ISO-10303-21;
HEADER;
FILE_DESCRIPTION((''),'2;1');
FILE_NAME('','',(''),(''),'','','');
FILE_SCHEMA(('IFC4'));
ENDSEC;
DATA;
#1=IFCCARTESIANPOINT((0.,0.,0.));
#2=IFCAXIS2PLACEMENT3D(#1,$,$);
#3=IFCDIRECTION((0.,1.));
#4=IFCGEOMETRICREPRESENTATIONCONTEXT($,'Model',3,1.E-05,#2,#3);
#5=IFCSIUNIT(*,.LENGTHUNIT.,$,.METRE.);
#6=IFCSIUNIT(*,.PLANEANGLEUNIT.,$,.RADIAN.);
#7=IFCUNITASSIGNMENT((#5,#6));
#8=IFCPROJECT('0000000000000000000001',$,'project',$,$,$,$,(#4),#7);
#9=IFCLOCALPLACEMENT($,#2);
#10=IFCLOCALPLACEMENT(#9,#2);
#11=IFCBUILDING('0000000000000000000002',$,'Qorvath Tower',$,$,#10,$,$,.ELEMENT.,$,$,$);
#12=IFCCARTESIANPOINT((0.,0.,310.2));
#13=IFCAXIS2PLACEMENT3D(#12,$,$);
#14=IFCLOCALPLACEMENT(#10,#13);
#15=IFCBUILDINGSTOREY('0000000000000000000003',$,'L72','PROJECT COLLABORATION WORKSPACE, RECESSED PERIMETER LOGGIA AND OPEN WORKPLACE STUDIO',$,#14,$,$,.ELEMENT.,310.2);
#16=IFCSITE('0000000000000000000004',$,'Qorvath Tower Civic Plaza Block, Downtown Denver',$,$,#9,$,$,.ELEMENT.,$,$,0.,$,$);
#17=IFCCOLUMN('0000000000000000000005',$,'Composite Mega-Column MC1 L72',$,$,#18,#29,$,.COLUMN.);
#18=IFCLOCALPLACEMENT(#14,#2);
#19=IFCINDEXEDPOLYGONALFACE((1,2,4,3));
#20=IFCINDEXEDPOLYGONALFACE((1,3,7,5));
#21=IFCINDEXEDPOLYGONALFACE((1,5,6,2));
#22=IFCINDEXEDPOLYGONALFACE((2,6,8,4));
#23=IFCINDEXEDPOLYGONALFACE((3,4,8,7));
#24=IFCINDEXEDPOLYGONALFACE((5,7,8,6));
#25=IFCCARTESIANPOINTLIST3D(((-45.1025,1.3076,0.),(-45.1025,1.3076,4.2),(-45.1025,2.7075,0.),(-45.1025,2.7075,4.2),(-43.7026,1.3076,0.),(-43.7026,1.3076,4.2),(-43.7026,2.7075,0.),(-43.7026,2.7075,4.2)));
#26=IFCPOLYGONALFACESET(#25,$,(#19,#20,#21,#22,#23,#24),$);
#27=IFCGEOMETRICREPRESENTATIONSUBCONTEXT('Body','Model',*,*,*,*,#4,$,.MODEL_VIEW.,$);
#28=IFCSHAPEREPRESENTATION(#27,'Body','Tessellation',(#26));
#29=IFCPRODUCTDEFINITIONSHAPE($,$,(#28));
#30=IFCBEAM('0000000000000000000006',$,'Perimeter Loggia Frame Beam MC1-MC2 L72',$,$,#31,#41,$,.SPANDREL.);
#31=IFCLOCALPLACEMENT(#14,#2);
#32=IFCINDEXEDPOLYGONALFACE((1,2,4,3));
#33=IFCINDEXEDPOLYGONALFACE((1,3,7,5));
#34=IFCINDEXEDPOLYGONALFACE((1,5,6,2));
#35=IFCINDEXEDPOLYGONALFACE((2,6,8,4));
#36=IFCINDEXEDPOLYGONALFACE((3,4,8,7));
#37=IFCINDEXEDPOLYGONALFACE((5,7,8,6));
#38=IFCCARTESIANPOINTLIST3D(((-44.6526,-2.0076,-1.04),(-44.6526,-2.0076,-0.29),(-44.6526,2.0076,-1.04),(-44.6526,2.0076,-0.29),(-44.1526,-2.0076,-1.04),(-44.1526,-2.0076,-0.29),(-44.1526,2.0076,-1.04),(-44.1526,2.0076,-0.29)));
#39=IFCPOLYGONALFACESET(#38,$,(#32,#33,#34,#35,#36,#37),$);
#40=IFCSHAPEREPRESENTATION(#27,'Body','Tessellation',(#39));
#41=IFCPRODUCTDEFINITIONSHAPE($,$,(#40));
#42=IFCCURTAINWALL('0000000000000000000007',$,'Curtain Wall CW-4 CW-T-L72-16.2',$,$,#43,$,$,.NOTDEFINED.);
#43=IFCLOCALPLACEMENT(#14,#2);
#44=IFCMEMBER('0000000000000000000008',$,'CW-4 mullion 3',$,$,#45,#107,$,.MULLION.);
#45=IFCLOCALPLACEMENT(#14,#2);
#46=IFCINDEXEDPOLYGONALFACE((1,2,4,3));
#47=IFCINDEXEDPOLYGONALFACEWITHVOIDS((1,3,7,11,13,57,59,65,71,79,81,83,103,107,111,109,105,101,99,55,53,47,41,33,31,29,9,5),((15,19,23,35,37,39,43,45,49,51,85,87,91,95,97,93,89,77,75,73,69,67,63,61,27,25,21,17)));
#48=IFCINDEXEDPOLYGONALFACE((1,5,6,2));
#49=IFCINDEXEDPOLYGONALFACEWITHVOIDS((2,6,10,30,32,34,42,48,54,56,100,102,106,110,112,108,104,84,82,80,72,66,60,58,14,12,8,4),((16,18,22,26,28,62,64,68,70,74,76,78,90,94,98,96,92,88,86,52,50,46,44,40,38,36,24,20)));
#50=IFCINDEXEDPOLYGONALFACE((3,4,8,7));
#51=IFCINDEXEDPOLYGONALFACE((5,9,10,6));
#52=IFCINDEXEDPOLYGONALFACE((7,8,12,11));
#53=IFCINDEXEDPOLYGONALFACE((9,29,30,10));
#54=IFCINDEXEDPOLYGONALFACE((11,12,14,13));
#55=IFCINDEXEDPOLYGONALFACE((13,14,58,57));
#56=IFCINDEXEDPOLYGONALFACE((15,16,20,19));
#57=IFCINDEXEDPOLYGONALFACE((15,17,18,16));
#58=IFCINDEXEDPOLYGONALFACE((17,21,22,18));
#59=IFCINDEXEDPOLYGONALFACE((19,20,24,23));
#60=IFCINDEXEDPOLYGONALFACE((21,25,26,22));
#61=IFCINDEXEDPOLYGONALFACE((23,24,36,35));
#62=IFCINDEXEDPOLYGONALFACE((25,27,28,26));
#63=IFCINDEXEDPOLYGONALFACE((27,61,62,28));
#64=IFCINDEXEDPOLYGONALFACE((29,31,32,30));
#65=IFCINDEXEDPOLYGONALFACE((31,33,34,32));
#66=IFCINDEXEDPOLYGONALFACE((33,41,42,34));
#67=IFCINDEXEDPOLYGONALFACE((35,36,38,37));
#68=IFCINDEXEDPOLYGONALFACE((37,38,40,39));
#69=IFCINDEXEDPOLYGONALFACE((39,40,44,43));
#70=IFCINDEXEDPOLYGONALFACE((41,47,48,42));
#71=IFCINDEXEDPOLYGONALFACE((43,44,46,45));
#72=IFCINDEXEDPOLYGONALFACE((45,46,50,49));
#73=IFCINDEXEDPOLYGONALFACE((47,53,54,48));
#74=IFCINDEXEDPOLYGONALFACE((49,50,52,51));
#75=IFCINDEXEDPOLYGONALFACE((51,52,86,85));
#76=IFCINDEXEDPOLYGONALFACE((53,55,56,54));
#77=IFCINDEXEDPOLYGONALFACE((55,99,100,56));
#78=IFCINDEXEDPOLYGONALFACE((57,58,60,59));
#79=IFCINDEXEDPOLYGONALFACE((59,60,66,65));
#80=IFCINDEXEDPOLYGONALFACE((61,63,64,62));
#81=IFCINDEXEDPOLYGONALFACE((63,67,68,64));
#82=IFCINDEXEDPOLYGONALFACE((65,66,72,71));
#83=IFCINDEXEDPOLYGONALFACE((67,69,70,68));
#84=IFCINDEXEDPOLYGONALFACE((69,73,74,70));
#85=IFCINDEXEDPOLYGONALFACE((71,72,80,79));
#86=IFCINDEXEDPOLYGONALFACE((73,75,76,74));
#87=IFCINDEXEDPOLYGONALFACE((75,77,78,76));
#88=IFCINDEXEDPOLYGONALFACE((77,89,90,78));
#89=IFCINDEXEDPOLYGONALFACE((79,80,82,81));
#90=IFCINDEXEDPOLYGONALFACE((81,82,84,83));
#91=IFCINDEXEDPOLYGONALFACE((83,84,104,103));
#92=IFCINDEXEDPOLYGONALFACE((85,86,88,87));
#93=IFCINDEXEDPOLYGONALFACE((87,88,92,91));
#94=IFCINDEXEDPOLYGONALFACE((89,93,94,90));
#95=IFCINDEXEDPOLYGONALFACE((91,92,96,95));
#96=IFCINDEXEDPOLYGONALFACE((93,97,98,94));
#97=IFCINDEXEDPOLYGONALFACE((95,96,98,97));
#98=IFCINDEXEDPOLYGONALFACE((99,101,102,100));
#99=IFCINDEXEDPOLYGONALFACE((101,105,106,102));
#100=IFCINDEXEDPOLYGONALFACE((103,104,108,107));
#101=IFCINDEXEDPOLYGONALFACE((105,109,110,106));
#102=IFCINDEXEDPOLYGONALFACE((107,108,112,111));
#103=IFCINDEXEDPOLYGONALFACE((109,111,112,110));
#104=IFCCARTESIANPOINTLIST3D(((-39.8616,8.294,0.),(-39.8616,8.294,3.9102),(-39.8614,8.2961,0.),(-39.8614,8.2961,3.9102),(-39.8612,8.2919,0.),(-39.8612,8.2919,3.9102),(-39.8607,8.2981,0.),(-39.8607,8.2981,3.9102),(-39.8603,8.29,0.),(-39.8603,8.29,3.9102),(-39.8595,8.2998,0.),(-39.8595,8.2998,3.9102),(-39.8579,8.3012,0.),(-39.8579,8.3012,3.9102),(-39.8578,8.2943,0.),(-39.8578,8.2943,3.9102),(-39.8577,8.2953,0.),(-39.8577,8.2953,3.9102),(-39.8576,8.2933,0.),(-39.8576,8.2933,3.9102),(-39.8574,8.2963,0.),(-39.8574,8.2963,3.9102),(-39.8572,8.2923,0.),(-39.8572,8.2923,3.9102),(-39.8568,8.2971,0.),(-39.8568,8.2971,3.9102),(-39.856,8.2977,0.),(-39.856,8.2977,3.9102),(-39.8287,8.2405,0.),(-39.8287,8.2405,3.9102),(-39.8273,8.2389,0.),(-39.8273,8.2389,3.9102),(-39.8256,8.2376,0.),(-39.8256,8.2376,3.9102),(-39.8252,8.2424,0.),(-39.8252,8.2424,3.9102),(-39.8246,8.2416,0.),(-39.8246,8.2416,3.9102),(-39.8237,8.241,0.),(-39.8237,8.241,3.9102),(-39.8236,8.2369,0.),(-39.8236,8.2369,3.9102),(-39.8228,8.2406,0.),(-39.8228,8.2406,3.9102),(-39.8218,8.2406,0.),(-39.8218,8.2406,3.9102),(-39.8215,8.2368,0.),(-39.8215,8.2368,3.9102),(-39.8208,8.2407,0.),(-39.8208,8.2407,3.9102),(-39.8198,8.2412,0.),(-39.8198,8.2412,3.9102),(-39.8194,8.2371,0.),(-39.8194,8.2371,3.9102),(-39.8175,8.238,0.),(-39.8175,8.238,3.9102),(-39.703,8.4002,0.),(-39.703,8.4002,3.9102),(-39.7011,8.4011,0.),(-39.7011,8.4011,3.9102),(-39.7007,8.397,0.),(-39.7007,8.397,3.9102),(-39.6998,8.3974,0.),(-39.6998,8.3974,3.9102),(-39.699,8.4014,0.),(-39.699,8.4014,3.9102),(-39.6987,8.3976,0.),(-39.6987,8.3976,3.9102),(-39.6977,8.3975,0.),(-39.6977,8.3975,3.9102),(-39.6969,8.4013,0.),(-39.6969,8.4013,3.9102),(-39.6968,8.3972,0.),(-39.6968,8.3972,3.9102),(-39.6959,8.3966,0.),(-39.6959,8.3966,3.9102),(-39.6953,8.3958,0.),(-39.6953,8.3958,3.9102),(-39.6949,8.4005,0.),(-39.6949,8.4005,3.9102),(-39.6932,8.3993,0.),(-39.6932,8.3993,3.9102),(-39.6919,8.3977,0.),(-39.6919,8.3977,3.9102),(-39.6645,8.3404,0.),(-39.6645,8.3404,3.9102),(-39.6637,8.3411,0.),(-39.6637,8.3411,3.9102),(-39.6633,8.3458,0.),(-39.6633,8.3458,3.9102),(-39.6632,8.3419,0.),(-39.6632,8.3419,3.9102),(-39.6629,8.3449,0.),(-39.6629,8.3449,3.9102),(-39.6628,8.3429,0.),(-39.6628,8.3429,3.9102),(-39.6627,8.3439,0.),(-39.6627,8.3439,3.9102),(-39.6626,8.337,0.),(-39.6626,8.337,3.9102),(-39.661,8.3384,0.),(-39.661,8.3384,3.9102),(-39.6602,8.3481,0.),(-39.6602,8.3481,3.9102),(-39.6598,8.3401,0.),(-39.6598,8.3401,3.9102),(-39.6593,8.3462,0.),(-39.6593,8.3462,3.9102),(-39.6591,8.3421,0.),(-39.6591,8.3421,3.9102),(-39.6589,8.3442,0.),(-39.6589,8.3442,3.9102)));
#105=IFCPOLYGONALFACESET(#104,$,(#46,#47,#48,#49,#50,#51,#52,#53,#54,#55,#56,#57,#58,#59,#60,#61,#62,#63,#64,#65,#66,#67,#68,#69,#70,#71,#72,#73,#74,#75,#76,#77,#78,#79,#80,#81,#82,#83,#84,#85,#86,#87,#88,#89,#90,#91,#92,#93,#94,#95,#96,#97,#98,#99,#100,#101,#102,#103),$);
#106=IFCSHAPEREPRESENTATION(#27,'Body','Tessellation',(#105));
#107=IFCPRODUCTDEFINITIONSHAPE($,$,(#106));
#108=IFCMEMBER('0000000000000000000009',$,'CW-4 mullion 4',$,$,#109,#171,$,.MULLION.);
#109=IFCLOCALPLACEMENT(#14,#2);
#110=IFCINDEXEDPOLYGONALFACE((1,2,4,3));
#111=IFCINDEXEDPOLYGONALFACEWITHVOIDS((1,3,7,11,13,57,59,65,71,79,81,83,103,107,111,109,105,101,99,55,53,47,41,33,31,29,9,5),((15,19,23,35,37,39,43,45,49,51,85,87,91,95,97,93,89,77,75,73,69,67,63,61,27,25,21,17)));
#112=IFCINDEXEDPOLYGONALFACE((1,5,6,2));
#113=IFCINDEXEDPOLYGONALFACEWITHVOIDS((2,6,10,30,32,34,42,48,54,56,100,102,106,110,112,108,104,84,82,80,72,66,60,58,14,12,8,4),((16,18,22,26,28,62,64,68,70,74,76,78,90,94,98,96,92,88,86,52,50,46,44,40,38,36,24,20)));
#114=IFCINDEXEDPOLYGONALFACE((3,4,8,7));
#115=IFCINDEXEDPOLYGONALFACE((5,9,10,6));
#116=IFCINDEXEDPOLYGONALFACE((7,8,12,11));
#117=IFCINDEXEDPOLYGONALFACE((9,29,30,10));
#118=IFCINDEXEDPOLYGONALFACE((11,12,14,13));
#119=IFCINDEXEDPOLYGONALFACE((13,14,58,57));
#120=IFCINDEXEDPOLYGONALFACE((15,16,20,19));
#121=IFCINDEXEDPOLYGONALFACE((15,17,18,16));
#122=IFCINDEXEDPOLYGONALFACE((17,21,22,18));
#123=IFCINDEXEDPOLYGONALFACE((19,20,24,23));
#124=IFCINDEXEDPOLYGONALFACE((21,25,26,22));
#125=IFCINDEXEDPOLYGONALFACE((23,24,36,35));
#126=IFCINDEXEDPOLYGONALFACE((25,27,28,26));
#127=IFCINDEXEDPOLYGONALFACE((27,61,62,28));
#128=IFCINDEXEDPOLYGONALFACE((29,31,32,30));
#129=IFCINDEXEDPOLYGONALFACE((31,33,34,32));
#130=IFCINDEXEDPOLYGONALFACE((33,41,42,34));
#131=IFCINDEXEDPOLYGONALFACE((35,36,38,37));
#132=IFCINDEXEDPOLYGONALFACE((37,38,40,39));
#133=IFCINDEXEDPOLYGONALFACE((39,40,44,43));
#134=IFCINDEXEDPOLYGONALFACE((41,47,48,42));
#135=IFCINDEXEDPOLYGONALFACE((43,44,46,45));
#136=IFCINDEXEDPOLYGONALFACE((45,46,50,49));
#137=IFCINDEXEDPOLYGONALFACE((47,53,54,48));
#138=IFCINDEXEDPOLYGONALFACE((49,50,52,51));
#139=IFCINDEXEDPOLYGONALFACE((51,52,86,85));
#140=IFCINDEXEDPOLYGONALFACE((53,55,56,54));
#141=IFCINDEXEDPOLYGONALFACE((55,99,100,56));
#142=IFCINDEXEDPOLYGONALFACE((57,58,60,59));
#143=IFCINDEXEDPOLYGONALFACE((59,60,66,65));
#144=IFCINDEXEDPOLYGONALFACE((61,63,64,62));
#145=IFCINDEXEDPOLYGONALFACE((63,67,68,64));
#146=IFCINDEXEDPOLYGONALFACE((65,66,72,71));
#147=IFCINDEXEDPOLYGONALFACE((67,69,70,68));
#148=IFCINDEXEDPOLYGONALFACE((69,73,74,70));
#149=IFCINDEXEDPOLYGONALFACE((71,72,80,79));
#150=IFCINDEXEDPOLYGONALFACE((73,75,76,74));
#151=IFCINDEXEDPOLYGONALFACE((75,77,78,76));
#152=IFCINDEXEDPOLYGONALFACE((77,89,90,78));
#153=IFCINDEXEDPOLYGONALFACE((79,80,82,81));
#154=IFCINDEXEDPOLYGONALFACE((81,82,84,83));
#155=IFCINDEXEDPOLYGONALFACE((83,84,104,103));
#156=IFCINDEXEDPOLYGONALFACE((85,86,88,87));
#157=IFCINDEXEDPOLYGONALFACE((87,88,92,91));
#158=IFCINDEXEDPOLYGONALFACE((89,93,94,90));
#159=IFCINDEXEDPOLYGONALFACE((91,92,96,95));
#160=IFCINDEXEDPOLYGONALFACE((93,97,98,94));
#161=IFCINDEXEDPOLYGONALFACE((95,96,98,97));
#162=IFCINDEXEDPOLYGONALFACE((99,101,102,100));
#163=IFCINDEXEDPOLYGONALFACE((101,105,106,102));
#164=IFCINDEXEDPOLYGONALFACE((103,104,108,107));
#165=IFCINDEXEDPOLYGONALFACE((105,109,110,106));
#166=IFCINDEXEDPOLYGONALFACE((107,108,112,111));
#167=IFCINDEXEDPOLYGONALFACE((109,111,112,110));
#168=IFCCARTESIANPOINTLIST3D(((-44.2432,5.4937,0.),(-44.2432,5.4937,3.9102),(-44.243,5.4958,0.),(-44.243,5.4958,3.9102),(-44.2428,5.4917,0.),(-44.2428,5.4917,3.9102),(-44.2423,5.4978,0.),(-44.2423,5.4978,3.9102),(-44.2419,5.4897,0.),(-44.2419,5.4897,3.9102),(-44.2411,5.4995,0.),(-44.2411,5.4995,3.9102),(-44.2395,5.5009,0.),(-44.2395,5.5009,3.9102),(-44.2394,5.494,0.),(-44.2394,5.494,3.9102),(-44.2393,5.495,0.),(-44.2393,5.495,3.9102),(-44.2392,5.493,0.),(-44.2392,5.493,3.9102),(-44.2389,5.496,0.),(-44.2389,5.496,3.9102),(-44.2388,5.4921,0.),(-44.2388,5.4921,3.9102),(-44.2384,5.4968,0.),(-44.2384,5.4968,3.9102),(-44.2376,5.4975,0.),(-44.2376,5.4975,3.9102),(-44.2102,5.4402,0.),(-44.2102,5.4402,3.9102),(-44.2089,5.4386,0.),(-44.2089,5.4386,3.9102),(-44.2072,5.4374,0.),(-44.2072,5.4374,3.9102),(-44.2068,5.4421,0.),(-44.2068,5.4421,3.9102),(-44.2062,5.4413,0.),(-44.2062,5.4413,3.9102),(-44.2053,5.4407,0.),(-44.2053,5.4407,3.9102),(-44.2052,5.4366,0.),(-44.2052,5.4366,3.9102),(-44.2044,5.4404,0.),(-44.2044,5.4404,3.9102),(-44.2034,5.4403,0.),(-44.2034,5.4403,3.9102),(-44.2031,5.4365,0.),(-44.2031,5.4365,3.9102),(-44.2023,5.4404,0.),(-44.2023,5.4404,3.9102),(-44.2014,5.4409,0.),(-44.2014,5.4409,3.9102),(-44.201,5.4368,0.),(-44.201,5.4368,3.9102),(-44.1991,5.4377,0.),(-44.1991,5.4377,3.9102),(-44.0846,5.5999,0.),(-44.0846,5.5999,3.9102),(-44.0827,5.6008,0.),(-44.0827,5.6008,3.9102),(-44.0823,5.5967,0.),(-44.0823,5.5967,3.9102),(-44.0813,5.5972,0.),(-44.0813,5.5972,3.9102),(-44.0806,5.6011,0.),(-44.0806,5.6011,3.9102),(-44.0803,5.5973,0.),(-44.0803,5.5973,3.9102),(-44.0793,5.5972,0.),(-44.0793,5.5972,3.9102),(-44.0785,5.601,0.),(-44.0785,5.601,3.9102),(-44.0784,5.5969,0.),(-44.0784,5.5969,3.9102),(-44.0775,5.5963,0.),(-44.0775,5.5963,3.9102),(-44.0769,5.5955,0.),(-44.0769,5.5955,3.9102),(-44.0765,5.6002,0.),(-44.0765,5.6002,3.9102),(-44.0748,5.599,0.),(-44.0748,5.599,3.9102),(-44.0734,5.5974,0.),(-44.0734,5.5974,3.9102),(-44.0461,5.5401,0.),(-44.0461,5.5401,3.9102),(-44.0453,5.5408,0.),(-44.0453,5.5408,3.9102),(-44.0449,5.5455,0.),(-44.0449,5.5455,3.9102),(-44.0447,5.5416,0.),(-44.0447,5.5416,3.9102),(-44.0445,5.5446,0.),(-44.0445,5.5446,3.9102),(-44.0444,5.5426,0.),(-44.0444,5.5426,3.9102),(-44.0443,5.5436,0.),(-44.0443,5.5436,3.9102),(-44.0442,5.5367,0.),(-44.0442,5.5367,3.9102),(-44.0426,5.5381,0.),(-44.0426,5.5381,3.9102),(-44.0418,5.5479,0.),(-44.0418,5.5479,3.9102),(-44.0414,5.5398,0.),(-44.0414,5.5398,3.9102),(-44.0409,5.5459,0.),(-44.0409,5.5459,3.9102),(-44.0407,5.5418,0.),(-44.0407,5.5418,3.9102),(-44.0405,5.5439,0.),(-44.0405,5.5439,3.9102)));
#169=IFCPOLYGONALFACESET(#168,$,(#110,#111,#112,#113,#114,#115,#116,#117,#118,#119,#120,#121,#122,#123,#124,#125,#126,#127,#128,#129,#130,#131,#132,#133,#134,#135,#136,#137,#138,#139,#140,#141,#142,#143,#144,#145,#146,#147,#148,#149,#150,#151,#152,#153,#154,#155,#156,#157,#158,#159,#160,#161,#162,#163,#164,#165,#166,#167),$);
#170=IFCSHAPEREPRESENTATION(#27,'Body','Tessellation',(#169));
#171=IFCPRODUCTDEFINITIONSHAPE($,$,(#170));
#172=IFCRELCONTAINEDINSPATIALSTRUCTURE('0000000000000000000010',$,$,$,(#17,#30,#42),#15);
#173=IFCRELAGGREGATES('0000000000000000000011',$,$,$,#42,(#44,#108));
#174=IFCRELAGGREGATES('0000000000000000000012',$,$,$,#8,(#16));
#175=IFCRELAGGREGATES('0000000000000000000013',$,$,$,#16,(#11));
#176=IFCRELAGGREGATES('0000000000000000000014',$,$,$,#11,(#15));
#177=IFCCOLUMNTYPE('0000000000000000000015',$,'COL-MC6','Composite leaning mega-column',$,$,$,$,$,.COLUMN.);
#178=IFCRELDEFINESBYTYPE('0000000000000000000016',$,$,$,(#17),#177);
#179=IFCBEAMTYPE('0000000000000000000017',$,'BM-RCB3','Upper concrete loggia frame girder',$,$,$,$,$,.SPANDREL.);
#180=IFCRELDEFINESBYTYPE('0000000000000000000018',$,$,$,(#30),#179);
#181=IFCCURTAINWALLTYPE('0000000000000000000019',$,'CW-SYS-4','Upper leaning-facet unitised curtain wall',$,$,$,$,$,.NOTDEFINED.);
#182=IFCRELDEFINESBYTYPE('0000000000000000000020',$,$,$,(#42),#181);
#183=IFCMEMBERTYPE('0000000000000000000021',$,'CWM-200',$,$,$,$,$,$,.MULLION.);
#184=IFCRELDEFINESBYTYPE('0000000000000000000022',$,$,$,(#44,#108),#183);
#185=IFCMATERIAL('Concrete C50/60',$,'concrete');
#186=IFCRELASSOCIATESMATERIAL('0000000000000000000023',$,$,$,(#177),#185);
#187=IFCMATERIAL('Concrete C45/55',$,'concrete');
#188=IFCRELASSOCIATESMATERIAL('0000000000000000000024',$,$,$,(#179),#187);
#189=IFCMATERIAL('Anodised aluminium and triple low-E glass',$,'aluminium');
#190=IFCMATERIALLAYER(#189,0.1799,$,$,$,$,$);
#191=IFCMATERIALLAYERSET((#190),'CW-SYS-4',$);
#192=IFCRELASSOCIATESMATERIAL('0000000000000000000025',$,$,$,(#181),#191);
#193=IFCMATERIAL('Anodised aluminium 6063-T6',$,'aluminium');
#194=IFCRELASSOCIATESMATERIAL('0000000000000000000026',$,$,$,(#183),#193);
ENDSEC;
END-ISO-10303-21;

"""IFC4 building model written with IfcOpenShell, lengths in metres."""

from ifc_helpers import new_model, si_unit, direction, frame, origin, origin_2d, place, context, subcontext, project, spatial, rectangle, hollow_rectangle, extrude, material, layer, layer_set, material_profile, profile_set, type_object, element, aggregate, save


model = new_model("IFC4")

# Units and contexts
model_context = context("Model", 3, precision=1e-05, world=origin(), true_north=direction((0.0, 1.0)))
body_context = subcontext(model_context, "Body", "Model", "MODEL_VIEW")
ifc_project = project(units=[si_unit("LENGTHUNIT", "METRE"), si_unit("PLANEANGLEUNIT", "RADIAN")], contexts=[model_context])

# Site, building, storey
site_placement = place(None, origin())
site = spatial("IfcSite", under=ifc_project, at=site_placement, Name="Qorvath Tower Civic Plaza Block, Downtown Denver", CompositionType="ELEMENT", RefElevation=0.0)
building_placement = place(site_placement, origin())
building = spatial("IfcBuilding", under=site, at=building_placement, Name="Qorvath Tower", CompositionType="ELEMENT")
storey_placement = place(building_placement, frame((0.0, 0.0, 310.2)))
storey = spatial("IfcBuildingStorey", under=building, at=storey_placement, Name="L72", Description="PROJECT COLLABORATION WORKSPACE, RECESSED PERIMETER LOGGIA AND OPEN WORKPLACE STUDIO", CompositionType="ELEMENT", Elevation=310.2)

# Column
ifc_material_1 = material(Name="Concrete C50/60", Category="concrete")
ifc_material_profile_1 = material_profile(ifc_material_1, rectangle(XDim=1.3999, YDim=1.3999, at=origin_2d()), Name="MC 1400x1400")
ifc_profile_set_1 = profile_set([ifc_material_profile_1], Name="Concrete C50/60")
column_type = type_object("IfcColumnType", Name="COL-MC6", Description="Composite leaning mega-column", PredefinedType="COLUMN", material=ifc_profile_set_1)
column_placement = place(storey_placement, frame((-44.4026, 2.0076, 0.0), z_axis=(0.0, 0.0, 1.0), x_axis=(1.0, 0.0, 0.0)))
element("IfcColumn", 1, at=column_placement, inside=storey, type_object=column_type, Name="Composite Mega-Column MC1 L72", PredefinedType="COLUMN", context=body_context, shape_type="SweptSolid", body=[
    extrude(rectangle(XDim=1.3999, YDim=1.3999, at=origin_2d()), origin(), (0.0, 0.0, 1.0), 4.2),
])

# Beam
ifc_material_2 = material(Name="Concrete C45/55", Category="concrete")
ifc_material_profile_2 = material_profile(ifc_material_2, rectangle(XDim=0.5, YDim=0.75, at=origin_2d()), Name="RCB 750x500")
ifc_profile_set_2 = profile_set([ifc_material_profile_2], Name="Concrete C45/55")
beam_type = type_object("IfcBeamType", Name="BM-RCB3", Description="Upper concrete loggia frame girder", PredefinedType="SPANDREL", material=ifc_profile_set_2)
beam_placement = place(storey_placement, frame((-44.4026, 2.0076, -0.665), z_axis=(0.0, -1.0, 0.0), x_axis=(1.0, 0.0, 0.0)))
element("IfcBeam", 2, at=beam_placement, inside=storey, type_object=beam_type, Name="Perimeter Loggia Frame Beam MC1-MC2 L72", PredefinedType="SPANDREL", context=body_context, shape_type="SweptSolid", body=[
    extrude(rectangle(XDim=0.5, YDim=0.75, at=origin_2d()), origin(), (0.0, 0.0, 1.0), 4.0151),
])

# Curtain wall, members
ifc_material_3 = material(Name="Anodised aluminium and triple low-E glass", Category="aluminium")
ifc_layer_1 = layer(ifc_material_3, 0.1799)
ifc_layer_set_1 = layer_set([ifc_layer_1], Name="CW-SYS-4")
curtain_wall_type = type_object("IfcCurtainWallType", Name="CW-SYS-4", Description="Upper leaning-facet unitised curtain wall", PredefinedType="NOTDEFINED", material=ifc_layer_set_1)
curtain_wall_placement = place(storey_placement, origin())
curtain_wall = element("IfcCurtainWall", 3, at=curtain_wall_placement, inside=storey, type_object=curtain_wall_type, Name="Curtain Wall CW-4 CW-T-L72-16.2", PredefinedType="NOTDEFINED")
ifc_material_4 = material(Name="Anodised aluminium 6063-T6", Category="aluminium")
ifc_material_profile_3 = material_profile(ifc_material_4, hollow_rectangle(XDim=0.075, YDim=0.2, WallThickness=0.0039, InnerFilletRadius=0.0039, OuterFilletRadius=0.0081, at=origin_2d()), Name="CWM 200x75")
ifc_profile_set_3 = profile_set([ifc_material_profile_3], Name="Anodised aluminium 6063-T6")
member_type_1 = type_object("IfcMemberType", Name="CWM-200", PredefinedType="MULLION", material=ifc_profile_set_3)
member_1_placement = place(storey_placement, frame((-39.7603, 8.3191, 0.0), z_axis=(0.0, 0.0, 1.0), x_axis=(0.538538, -0.842601, 0.0)))
member_1 = element("IfcMember", 4, at=member_1_placement, type_object=member_type_1, Name="CW-4 mullion 3", PredefinedType="MULLION", context=body_context, shape_type="SweptSolid", body=[
    extrude(hollow_rectangle(XDim=0.075, YDim=0.2, WallThickness=0.0039, InnerFilletRadius=0.0039, OuterFilletRadius=0.0081, at=origin_2d()), origin(), (0.0, 0.0, 1.0), 3.9102),
])
member_2_placement = place(storey_placement, frame((-44.1418, 5.5188, 0.0), z_axis=(0.0, 0.0, 1.0), x_axis=(0.538538, -0.842601, 0.0)))
member_2 = element("IfcMember", 5, at=member_2_placement, type_object=member_type_1, Name="CW-4 mullion 4", PredefinedType="MULLION", context=body_context, shape_type="SweptSolid", body=[
    extrude(hollow_rectangle(XDim=0.075, YDim=0.2, WallThickness=0.0039, InnerFilletRadius=0.0039, OuterFilletRadius=0.0081, at=origin_2d()), origin(), (0.0, 0.0, 1.0), 3.9102),
])
aggregate(curtain_wall, [member_1, member_2])

save(model, "model.ifc")
